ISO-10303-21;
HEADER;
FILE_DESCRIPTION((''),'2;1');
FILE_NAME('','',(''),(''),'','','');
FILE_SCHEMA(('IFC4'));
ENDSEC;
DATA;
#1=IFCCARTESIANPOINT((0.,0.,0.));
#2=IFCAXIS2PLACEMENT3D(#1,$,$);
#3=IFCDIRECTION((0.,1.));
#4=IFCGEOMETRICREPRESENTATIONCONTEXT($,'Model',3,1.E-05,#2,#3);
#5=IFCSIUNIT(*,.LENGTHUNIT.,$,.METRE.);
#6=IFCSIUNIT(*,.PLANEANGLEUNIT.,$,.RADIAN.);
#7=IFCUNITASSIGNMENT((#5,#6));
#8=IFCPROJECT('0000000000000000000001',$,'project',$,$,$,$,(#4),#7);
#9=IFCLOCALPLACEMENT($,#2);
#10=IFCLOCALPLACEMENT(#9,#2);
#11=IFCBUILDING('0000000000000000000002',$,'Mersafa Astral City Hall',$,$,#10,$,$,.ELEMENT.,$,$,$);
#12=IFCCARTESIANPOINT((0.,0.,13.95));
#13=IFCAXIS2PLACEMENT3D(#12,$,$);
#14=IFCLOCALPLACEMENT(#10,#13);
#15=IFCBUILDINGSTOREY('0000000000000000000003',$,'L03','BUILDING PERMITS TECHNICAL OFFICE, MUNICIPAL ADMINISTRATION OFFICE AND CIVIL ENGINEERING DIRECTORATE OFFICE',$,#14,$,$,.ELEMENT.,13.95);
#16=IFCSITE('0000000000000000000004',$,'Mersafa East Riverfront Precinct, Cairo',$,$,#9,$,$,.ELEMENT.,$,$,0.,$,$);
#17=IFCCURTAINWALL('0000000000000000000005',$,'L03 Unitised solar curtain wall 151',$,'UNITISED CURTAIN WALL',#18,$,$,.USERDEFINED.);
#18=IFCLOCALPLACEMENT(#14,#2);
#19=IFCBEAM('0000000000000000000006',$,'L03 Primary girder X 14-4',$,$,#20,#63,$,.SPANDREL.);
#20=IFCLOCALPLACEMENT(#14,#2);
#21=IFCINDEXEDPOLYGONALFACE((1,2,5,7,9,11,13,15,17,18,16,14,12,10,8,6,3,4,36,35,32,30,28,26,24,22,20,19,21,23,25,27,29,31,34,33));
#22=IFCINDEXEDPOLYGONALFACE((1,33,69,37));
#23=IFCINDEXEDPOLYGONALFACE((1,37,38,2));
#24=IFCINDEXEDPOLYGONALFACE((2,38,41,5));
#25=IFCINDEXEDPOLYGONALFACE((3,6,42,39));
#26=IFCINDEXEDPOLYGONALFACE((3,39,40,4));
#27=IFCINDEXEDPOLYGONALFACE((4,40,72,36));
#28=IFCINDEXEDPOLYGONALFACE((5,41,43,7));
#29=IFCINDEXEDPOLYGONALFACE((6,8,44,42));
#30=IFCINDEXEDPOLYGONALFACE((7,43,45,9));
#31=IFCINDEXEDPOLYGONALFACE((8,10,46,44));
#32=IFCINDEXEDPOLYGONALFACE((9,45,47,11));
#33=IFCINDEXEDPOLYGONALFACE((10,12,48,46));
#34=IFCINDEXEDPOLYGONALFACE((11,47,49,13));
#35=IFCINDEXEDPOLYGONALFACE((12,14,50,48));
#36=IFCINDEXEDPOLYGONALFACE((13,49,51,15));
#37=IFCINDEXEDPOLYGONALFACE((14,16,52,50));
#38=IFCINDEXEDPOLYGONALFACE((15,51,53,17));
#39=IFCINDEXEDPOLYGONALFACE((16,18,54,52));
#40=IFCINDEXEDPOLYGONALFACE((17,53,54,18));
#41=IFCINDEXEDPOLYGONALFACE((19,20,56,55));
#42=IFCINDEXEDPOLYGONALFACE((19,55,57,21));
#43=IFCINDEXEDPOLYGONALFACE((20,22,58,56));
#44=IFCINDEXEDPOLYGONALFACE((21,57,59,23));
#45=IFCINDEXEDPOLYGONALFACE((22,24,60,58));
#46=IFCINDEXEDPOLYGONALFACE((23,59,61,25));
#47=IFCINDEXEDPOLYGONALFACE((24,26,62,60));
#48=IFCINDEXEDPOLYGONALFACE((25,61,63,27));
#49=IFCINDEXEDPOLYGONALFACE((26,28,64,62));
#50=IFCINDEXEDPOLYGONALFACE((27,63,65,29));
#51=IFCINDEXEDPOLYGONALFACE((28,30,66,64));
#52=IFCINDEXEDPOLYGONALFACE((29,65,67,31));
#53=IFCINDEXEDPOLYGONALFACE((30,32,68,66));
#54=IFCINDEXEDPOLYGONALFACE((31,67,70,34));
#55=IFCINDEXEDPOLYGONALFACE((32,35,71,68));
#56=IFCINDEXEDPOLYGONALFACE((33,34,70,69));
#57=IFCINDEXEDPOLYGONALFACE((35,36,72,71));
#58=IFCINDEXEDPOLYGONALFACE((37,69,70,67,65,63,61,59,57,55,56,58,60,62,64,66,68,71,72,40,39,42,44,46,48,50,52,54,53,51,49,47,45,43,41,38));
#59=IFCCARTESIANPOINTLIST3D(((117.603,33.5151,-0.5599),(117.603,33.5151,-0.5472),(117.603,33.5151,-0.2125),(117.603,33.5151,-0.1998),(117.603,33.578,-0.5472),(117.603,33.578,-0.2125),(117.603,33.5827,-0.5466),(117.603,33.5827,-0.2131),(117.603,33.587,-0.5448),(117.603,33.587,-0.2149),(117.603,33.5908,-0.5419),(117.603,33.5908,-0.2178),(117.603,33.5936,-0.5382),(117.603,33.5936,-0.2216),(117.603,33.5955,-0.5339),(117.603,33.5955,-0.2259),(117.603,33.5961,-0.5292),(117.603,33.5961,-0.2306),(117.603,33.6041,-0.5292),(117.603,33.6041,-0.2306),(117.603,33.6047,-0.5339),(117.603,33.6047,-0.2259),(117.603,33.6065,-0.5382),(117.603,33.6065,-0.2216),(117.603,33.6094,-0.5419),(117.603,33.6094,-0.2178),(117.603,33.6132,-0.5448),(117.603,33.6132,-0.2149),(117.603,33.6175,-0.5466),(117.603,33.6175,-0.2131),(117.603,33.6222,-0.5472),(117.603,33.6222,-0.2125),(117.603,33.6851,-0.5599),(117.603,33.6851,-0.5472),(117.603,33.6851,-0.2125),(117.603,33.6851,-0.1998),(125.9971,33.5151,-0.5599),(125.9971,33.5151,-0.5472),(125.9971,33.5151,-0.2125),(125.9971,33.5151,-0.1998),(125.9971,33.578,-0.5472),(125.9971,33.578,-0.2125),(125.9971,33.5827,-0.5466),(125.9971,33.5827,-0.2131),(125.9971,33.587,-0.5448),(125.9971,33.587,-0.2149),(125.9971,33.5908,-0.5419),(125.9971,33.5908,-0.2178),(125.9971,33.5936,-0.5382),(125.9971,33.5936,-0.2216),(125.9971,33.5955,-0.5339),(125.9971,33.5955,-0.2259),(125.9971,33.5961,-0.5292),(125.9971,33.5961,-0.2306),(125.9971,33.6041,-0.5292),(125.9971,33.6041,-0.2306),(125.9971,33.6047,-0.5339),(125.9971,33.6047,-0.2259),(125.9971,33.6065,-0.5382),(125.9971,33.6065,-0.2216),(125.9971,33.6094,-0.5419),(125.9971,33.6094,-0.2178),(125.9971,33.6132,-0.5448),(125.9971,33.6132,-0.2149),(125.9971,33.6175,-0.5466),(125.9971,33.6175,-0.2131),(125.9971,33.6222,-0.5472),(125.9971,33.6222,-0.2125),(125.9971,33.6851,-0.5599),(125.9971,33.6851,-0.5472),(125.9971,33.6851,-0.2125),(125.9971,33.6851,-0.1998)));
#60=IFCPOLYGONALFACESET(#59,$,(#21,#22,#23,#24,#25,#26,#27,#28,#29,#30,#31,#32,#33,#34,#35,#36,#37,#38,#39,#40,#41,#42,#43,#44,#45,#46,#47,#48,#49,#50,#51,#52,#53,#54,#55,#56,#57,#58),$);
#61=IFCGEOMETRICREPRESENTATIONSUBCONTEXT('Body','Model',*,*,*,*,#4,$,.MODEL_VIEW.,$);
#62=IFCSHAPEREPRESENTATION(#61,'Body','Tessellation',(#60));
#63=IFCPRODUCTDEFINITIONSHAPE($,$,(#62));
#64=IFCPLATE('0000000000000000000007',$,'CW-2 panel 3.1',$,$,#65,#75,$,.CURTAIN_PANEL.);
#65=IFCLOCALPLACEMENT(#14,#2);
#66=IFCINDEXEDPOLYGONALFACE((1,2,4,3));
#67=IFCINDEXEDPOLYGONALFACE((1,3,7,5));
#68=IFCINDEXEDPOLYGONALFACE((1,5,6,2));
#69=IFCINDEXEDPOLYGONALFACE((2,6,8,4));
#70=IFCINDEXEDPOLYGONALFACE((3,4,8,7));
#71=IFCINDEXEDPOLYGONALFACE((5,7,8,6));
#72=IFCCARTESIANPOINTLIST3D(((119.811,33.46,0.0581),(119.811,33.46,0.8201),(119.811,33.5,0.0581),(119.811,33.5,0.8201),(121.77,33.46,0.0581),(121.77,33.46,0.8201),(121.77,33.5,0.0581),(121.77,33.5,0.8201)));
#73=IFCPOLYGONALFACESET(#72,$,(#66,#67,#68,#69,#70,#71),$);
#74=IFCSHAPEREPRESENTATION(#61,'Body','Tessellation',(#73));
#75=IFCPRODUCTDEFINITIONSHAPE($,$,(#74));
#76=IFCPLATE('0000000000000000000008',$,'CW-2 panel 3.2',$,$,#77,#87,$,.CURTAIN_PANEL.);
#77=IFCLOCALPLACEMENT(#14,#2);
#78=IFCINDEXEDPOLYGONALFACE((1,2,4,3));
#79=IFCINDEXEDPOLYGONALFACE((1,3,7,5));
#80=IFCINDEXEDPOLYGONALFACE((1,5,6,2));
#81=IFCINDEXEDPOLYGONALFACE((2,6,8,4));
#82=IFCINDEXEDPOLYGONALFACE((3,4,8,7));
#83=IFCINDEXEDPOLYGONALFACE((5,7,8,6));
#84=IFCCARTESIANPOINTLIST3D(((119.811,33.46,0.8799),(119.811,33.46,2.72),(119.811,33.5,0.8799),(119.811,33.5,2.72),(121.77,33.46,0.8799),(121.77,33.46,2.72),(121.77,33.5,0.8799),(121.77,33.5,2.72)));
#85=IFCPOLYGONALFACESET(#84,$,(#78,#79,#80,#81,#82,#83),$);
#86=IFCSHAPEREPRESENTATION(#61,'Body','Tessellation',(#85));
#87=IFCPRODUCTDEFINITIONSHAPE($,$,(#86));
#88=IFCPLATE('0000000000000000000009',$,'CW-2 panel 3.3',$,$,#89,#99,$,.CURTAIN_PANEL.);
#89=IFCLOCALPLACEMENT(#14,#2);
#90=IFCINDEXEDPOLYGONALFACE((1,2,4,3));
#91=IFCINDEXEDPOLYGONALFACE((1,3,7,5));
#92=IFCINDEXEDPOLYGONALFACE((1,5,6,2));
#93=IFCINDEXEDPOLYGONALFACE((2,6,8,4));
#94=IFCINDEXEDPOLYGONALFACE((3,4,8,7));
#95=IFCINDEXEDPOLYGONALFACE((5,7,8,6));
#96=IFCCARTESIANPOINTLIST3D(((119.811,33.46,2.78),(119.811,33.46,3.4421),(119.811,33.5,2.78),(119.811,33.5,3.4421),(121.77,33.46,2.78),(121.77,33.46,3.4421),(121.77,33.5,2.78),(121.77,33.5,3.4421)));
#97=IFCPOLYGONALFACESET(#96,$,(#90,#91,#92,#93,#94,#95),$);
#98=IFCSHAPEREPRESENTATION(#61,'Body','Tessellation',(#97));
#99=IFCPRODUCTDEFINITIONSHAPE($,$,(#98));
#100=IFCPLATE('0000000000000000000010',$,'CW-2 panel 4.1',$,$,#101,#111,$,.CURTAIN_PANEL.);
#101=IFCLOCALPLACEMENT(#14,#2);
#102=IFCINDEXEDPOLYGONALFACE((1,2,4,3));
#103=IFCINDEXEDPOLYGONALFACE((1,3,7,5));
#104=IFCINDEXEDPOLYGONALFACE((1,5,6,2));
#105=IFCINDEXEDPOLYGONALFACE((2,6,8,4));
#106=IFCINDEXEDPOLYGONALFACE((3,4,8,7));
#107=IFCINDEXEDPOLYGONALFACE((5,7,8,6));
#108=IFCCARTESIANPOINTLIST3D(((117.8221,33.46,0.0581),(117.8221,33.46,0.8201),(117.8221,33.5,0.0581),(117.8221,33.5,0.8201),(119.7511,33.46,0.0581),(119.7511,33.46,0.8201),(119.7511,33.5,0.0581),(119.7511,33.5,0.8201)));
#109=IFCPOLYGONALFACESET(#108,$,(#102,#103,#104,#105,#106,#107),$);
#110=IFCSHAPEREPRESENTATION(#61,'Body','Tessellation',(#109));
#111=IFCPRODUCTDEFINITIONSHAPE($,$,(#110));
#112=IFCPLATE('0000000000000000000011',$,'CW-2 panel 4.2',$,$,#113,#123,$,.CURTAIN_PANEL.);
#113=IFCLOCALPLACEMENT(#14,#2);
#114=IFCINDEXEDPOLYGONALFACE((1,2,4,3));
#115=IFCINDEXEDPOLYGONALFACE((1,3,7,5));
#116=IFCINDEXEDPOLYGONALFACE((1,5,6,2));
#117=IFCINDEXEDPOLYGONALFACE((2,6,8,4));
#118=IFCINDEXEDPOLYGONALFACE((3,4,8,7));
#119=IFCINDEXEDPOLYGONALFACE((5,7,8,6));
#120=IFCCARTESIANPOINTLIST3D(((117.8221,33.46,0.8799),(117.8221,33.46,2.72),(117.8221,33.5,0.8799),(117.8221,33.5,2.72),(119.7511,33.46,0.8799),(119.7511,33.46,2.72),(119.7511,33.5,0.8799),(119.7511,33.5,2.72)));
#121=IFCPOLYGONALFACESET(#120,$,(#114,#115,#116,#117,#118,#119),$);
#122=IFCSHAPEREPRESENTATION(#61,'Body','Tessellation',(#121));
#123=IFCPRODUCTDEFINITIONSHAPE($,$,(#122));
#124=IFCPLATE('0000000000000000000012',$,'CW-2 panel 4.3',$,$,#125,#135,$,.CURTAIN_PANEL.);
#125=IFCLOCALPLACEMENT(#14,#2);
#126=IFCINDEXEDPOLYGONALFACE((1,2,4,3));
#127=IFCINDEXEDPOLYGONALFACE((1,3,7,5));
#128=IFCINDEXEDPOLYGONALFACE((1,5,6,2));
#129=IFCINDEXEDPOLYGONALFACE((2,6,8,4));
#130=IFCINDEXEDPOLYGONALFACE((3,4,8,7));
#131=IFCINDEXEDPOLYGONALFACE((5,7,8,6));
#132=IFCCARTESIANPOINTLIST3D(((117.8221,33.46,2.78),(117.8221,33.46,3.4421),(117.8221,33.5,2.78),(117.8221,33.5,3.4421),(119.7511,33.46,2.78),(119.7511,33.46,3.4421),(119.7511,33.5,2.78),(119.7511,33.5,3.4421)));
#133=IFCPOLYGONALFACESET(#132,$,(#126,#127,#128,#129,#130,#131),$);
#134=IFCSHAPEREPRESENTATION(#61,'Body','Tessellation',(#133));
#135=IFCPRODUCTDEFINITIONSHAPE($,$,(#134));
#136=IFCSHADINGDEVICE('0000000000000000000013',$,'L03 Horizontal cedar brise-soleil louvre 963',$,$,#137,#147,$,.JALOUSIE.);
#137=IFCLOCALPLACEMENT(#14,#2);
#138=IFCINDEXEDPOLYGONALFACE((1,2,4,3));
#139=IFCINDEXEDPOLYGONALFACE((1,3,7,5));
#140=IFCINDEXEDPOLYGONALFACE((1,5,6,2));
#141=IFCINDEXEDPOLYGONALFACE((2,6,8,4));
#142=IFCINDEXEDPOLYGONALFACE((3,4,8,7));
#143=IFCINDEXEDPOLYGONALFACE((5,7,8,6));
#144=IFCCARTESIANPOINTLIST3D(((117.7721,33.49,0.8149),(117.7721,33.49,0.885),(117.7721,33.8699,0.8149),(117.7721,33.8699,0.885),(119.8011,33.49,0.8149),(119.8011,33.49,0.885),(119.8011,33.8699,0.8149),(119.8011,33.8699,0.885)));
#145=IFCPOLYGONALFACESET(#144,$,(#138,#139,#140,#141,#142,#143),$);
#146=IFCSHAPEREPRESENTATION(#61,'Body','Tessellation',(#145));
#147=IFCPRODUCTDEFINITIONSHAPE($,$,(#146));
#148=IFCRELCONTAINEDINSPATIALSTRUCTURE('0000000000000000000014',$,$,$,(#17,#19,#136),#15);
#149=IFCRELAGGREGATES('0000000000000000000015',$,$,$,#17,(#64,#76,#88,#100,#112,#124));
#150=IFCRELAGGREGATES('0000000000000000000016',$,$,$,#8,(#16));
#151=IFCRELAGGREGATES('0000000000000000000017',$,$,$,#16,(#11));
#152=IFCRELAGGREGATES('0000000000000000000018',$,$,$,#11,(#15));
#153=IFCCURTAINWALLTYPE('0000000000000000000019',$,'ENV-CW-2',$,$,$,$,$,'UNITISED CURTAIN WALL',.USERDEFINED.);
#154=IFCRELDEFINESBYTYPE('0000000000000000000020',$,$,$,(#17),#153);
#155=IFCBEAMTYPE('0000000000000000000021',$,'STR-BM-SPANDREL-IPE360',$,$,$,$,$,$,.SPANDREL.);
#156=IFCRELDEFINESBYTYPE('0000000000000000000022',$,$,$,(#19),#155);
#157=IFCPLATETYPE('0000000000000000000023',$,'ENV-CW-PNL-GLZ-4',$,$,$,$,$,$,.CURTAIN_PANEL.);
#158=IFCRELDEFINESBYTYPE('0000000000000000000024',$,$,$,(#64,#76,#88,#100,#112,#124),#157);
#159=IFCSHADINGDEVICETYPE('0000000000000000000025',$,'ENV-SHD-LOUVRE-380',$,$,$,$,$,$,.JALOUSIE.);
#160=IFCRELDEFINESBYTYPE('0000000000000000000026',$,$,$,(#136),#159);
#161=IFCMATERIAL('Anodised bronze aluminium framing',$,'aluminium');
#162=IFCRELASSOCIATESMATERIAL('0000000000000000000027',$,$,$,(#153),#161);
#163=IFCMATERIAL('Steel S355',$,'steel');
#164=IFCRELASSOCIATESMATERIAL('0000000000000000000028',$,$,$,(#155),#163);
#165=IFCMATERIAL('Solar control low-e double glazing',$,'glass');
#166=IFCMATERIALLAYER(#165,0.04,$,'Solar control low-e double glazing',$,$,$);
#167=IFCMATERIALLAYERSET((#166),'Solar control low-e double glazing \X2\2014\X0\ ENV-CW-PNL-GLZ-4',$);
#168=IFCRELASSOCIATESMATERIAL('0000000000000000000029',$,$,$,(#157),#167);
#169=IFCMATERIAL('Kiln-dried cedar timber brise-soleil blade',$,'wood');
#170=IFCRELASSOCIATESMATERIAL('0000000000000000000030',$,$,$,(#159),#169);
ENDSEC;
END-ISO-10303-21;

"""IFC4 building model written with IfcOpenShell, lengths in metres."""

from ifc_helpers import new_model, si_unit, direction, frame, origin, origin_2d, place, context, subcontext, project, spatial, rectangle, i_section, extrude, material, layer, layer_set, material_profile, profile_set, type_object, element, aggregate, save


model = new_model("IFC4")

# Units and contexts
model_context = context("Model", 3, precision=1e-05, world=origin(), true_north=direction((0.0, 1.0)))
body_context = subcontext(model_context, "Body", "Model", "MODEL_VIEW")
ifc_project = project(units=[si_unit("LENGTHUNIT", "METRE"), si_unit("PLANEANGLEUNIT", "RADIAN")], contexts=[model_context])

# Site, building, storey
site_placement = place(None, origin())
site = spatial("IfcSite", under=ifc_project, at=site_placement, Name="Mersafa East Riverfront Precinct, Cairo", CompositionType="ELEMENT", RefElevation=0.0)
building_placement = place(site_placement, origin())
building = spatial("IfcBuilding", under=site, at=building_placement, Name="Mersafa Astral City Hall", CompositionType="ELEMENT")
storey_placement = place(building_placement, frame((0.0, 0.0, 13.95)))
storey = spatial("IfcBuildingStorey", under=building, at=storey_placement, Name="L03", Description="BUILDING PERMITS TECHNICAL OFFICE, MUNICIPAL ADMINISTRATION OFFICE AND CIVIL ENGINEERING DIRECTORATE OFFICE", CompositionType="ELEMENT", Elevation=13.95)

# Shared definitions
ifc_material_1 = material(Name="Steel S355", Category="steel")

# Curtain wall
ifc_material_2 = material(Name="Anodised bronze aluminium framing", Category="aluminium")
curtain_wall_type = type_object("IfcCurtainWallType", Name="ENV-CW-2", ElementType="UNITISED CURTAIN WALL", PredefinedType="USERDEFINED", material=ifc_material_2)
curtain_wall_placement = place(storey_placement, origin())
curtain_wall = element("IfcCurtainWall", 1, at=curtain_wall_placement, inside=storey, type_object=curtain_wall_type, Name="L03 Unitised solar curtain wall 151", ObjectType="UNITISED CURTAIN WALL", PredefinedType="USERDEFINED")

# Beam
ifc_material_profile_1 = material_profile(ifc_material_1, i_section(OverallWidth=0.1699, OverallDepth=0.3601, WebThickness=0.0081, FlangeThickness=0.0127, FilletRadius=0.0181, at=origin_2d()), Name="IPE 360")
ifc_profile_set_1 = profile_set([ifc_material_profile_1], Name="Steel S355")
beam_type_1 = type_object("IfcBeamType", Name="STR-BM-SPANDREL-IPE360", PredefinedType="SPANDREL", material=ifc_profile_set_1)
beam_1_placement = place(storey_placement, frame((117.603, 33.6001, -0.3799), z_axis=(1.0, 0.0, 0.0), x_axis=(0.0, 1.0, 0.0)))
element("IfcBeam", 2, at=beam_1_placement, inside=storey, type_object=beam_type_1, Name="L03 Primary girder X 14-4", PredefinedType="SPANDREL", context=body_context, shape_type="SweptSolid", body=[
    extrude(i_section(OverallWidth=0.1699, OverallDepth=0.3601, WebThickness=0.0081, FlangeThickness=0.0127, FilletRadius=0.0181, at=origin_2d()), origin(), (0.0, 0.0, 1.0), 8.394),
])

# Plates
ifc_material_3 = material(Name="Solar control low-e double glazing", Category="glass")
ifc_layer = layer(ifc_material_3, 0.04, Name="Solar control low-e double glazing")
ifc_layer_set = layer_set([ifc_layer], Name="Solar control low-e double glazing — ENV-CW-PNL-GLZ-4")
plate_type = type_object("IfcPlateType", Name="ENV-CW-PNL-GLZ-4", PredefinedType="CURTAIN_PANEL", material=ifc_layer_set)
plate_1_placement = place(storey_placement, frame((120.7905, 33.48, 0.0581), z_axis=(0.0, 0.0, 1.0), x_axis=(-1.0, 0.0, 0.0)))
plate_1 = element("IfcPlate", 3, at=plate_1_placement, type_object=plate_type, Name="CW-2 panel 3.1", PredefinedType="CURTAIN_PANEL", context=body_context, shape_type="SweptSolid", body=[
    extrude(rectangle(XDim=1.959, YDim=0.04, at=origin_2d()), origin(), (0.0, 0.0, 1.0), 0.762),
])
plate_2_placement = place(storey_placement, frame((120.7905, 33.48, 0.8799), z_axis=(0.0, 0.0, 1.0), x_axis=(-1.0, 0.0, 0.0)))
plate_2 = element("IfcPlate", 4, at=plate_2_placement, type_object=plate_type, Name="CW-2 panel 3.2", PredefinedType="CURTAIN_PANEL", context=body_context, shape_type="SweptSolid", body=[
    extrude(rectangle(XDim=1.959, YDim=0.04, at=origin_2d()), origin(), (0.0, 0.0, 1.0), 1.8401),
])
plate_3_placement = place(storey_placement, frame((120.7905, 33.48, 2.78), z_axis=(0.0, 0.0, 1.0), x_axis=(-1.0, 0.0, 0.0)))
plate_3 = element("IfcPlate", 5, at=plate_3_placement, type_object=plate_type, Name="CW-2 panel 3.3", PredefinedType="CURTAIN_PANEL", context=body_context, shape_type="SweptSolid", body=[
    extrude(rectangle(XDim=1.959, YDim=0.04, at=origin_2d()), origin(), (0.0, 0.0, 1.0), 0.6621),
])
plate_4_placement = place(storey_placement, frame((118.7866, 33.48, 0.0581), z_axis=(0.0, 0.0, 1.0), x_axis=(-1.0, 0.0, 0.0)))
plate_4 = element("IfcPlate", 6, at=plate_4_placement, type_object=plate_type, Name="CW-2 panel 4.1", PredefinedType="CURTAIN_PANEL", context=body_context, shape_type="SweptSolid", body=[
    extrude(rectangle(XDim=1.929, YDim=0.04, at=origin_2d()), origin(), (0.0, 0.0, 1.0), 0.762),
])
plate_5_placement = place(storey_placement, frame((118.7866, 33.48, 0.8799), z_axis=(0.0, 0.0, 1.0), x_axis=(-1.0, 0.0, 0.0)))
plate_5 = element("IfcPlate", 7, at=plate_5_placement, type_object=plate_type, Name="CW-2 panel 4.2", PredefinedType="CURTAIN_PANEL", context=body_context, shape_type="SweptSolid", body=[
    extrude(rectangle(XDim=1.929, YDim=0.04, at=origin_2d()), origin(), (0.0, 0.0, 1.0), 1.8401),
])
plate_6_placement = place(storey_placement, frame((118.7866, 33.48, 2.78), z_axis=(0.0, 0.0, 1.0), x_axis=(-1.0, 0.0, 0.0)))
plate_6 = element("IfcPlate", 8, at=plate_6_placement, type_object=plate_type, Name="CW-2 panel 4.3", PredefinedType="CURTAIN_PANEL", context=body_context, shape_type="SweptSolid", body=[
    extrude(rectangle(XDim=1.929, YDim=0.04, at=origin_2d()), origin(), (0.0, 0.0, 1.0), 0.6621),
])
aggregate(curtain_wall, [plate_1, plate_2, plate_3, plate_4, plate_5, plate_6])

# Shading device
ifc_material_4 = material(Name="Kiln-dried cedar timber brise-soleil blade", Category="wood")
shading_device_type = type_object("IfcShadingDeviceType", Name="ENV-SHD-LOUVRE-380", PredefinedType="JALOUSIE", material=ifc_material_4)
shading_device_placement = place(storey_placement, frame((118.7866, 33.6799, 0.8149), z_axis=(0.0, 0.0, 1.0), x_axis=(-1.0, 0.0, 0.0)))
element("IfcShadingDevice", 9, at=shading_device_placement, inside=storey, type_object=shading_device_type, Name="L03 Horizontal cedar brise-soleil louvre 963", PredefinedType="JALOUSIE", context=body_context, shape_type="SweptSolid", body=[
    extrude(rectangle(XDim=2.0291, YDim=0.3799, at=origin_2d()), origin(), (0.0, 0.0, 1.0), 0.0701),
])

save(model, "model.ifc")
